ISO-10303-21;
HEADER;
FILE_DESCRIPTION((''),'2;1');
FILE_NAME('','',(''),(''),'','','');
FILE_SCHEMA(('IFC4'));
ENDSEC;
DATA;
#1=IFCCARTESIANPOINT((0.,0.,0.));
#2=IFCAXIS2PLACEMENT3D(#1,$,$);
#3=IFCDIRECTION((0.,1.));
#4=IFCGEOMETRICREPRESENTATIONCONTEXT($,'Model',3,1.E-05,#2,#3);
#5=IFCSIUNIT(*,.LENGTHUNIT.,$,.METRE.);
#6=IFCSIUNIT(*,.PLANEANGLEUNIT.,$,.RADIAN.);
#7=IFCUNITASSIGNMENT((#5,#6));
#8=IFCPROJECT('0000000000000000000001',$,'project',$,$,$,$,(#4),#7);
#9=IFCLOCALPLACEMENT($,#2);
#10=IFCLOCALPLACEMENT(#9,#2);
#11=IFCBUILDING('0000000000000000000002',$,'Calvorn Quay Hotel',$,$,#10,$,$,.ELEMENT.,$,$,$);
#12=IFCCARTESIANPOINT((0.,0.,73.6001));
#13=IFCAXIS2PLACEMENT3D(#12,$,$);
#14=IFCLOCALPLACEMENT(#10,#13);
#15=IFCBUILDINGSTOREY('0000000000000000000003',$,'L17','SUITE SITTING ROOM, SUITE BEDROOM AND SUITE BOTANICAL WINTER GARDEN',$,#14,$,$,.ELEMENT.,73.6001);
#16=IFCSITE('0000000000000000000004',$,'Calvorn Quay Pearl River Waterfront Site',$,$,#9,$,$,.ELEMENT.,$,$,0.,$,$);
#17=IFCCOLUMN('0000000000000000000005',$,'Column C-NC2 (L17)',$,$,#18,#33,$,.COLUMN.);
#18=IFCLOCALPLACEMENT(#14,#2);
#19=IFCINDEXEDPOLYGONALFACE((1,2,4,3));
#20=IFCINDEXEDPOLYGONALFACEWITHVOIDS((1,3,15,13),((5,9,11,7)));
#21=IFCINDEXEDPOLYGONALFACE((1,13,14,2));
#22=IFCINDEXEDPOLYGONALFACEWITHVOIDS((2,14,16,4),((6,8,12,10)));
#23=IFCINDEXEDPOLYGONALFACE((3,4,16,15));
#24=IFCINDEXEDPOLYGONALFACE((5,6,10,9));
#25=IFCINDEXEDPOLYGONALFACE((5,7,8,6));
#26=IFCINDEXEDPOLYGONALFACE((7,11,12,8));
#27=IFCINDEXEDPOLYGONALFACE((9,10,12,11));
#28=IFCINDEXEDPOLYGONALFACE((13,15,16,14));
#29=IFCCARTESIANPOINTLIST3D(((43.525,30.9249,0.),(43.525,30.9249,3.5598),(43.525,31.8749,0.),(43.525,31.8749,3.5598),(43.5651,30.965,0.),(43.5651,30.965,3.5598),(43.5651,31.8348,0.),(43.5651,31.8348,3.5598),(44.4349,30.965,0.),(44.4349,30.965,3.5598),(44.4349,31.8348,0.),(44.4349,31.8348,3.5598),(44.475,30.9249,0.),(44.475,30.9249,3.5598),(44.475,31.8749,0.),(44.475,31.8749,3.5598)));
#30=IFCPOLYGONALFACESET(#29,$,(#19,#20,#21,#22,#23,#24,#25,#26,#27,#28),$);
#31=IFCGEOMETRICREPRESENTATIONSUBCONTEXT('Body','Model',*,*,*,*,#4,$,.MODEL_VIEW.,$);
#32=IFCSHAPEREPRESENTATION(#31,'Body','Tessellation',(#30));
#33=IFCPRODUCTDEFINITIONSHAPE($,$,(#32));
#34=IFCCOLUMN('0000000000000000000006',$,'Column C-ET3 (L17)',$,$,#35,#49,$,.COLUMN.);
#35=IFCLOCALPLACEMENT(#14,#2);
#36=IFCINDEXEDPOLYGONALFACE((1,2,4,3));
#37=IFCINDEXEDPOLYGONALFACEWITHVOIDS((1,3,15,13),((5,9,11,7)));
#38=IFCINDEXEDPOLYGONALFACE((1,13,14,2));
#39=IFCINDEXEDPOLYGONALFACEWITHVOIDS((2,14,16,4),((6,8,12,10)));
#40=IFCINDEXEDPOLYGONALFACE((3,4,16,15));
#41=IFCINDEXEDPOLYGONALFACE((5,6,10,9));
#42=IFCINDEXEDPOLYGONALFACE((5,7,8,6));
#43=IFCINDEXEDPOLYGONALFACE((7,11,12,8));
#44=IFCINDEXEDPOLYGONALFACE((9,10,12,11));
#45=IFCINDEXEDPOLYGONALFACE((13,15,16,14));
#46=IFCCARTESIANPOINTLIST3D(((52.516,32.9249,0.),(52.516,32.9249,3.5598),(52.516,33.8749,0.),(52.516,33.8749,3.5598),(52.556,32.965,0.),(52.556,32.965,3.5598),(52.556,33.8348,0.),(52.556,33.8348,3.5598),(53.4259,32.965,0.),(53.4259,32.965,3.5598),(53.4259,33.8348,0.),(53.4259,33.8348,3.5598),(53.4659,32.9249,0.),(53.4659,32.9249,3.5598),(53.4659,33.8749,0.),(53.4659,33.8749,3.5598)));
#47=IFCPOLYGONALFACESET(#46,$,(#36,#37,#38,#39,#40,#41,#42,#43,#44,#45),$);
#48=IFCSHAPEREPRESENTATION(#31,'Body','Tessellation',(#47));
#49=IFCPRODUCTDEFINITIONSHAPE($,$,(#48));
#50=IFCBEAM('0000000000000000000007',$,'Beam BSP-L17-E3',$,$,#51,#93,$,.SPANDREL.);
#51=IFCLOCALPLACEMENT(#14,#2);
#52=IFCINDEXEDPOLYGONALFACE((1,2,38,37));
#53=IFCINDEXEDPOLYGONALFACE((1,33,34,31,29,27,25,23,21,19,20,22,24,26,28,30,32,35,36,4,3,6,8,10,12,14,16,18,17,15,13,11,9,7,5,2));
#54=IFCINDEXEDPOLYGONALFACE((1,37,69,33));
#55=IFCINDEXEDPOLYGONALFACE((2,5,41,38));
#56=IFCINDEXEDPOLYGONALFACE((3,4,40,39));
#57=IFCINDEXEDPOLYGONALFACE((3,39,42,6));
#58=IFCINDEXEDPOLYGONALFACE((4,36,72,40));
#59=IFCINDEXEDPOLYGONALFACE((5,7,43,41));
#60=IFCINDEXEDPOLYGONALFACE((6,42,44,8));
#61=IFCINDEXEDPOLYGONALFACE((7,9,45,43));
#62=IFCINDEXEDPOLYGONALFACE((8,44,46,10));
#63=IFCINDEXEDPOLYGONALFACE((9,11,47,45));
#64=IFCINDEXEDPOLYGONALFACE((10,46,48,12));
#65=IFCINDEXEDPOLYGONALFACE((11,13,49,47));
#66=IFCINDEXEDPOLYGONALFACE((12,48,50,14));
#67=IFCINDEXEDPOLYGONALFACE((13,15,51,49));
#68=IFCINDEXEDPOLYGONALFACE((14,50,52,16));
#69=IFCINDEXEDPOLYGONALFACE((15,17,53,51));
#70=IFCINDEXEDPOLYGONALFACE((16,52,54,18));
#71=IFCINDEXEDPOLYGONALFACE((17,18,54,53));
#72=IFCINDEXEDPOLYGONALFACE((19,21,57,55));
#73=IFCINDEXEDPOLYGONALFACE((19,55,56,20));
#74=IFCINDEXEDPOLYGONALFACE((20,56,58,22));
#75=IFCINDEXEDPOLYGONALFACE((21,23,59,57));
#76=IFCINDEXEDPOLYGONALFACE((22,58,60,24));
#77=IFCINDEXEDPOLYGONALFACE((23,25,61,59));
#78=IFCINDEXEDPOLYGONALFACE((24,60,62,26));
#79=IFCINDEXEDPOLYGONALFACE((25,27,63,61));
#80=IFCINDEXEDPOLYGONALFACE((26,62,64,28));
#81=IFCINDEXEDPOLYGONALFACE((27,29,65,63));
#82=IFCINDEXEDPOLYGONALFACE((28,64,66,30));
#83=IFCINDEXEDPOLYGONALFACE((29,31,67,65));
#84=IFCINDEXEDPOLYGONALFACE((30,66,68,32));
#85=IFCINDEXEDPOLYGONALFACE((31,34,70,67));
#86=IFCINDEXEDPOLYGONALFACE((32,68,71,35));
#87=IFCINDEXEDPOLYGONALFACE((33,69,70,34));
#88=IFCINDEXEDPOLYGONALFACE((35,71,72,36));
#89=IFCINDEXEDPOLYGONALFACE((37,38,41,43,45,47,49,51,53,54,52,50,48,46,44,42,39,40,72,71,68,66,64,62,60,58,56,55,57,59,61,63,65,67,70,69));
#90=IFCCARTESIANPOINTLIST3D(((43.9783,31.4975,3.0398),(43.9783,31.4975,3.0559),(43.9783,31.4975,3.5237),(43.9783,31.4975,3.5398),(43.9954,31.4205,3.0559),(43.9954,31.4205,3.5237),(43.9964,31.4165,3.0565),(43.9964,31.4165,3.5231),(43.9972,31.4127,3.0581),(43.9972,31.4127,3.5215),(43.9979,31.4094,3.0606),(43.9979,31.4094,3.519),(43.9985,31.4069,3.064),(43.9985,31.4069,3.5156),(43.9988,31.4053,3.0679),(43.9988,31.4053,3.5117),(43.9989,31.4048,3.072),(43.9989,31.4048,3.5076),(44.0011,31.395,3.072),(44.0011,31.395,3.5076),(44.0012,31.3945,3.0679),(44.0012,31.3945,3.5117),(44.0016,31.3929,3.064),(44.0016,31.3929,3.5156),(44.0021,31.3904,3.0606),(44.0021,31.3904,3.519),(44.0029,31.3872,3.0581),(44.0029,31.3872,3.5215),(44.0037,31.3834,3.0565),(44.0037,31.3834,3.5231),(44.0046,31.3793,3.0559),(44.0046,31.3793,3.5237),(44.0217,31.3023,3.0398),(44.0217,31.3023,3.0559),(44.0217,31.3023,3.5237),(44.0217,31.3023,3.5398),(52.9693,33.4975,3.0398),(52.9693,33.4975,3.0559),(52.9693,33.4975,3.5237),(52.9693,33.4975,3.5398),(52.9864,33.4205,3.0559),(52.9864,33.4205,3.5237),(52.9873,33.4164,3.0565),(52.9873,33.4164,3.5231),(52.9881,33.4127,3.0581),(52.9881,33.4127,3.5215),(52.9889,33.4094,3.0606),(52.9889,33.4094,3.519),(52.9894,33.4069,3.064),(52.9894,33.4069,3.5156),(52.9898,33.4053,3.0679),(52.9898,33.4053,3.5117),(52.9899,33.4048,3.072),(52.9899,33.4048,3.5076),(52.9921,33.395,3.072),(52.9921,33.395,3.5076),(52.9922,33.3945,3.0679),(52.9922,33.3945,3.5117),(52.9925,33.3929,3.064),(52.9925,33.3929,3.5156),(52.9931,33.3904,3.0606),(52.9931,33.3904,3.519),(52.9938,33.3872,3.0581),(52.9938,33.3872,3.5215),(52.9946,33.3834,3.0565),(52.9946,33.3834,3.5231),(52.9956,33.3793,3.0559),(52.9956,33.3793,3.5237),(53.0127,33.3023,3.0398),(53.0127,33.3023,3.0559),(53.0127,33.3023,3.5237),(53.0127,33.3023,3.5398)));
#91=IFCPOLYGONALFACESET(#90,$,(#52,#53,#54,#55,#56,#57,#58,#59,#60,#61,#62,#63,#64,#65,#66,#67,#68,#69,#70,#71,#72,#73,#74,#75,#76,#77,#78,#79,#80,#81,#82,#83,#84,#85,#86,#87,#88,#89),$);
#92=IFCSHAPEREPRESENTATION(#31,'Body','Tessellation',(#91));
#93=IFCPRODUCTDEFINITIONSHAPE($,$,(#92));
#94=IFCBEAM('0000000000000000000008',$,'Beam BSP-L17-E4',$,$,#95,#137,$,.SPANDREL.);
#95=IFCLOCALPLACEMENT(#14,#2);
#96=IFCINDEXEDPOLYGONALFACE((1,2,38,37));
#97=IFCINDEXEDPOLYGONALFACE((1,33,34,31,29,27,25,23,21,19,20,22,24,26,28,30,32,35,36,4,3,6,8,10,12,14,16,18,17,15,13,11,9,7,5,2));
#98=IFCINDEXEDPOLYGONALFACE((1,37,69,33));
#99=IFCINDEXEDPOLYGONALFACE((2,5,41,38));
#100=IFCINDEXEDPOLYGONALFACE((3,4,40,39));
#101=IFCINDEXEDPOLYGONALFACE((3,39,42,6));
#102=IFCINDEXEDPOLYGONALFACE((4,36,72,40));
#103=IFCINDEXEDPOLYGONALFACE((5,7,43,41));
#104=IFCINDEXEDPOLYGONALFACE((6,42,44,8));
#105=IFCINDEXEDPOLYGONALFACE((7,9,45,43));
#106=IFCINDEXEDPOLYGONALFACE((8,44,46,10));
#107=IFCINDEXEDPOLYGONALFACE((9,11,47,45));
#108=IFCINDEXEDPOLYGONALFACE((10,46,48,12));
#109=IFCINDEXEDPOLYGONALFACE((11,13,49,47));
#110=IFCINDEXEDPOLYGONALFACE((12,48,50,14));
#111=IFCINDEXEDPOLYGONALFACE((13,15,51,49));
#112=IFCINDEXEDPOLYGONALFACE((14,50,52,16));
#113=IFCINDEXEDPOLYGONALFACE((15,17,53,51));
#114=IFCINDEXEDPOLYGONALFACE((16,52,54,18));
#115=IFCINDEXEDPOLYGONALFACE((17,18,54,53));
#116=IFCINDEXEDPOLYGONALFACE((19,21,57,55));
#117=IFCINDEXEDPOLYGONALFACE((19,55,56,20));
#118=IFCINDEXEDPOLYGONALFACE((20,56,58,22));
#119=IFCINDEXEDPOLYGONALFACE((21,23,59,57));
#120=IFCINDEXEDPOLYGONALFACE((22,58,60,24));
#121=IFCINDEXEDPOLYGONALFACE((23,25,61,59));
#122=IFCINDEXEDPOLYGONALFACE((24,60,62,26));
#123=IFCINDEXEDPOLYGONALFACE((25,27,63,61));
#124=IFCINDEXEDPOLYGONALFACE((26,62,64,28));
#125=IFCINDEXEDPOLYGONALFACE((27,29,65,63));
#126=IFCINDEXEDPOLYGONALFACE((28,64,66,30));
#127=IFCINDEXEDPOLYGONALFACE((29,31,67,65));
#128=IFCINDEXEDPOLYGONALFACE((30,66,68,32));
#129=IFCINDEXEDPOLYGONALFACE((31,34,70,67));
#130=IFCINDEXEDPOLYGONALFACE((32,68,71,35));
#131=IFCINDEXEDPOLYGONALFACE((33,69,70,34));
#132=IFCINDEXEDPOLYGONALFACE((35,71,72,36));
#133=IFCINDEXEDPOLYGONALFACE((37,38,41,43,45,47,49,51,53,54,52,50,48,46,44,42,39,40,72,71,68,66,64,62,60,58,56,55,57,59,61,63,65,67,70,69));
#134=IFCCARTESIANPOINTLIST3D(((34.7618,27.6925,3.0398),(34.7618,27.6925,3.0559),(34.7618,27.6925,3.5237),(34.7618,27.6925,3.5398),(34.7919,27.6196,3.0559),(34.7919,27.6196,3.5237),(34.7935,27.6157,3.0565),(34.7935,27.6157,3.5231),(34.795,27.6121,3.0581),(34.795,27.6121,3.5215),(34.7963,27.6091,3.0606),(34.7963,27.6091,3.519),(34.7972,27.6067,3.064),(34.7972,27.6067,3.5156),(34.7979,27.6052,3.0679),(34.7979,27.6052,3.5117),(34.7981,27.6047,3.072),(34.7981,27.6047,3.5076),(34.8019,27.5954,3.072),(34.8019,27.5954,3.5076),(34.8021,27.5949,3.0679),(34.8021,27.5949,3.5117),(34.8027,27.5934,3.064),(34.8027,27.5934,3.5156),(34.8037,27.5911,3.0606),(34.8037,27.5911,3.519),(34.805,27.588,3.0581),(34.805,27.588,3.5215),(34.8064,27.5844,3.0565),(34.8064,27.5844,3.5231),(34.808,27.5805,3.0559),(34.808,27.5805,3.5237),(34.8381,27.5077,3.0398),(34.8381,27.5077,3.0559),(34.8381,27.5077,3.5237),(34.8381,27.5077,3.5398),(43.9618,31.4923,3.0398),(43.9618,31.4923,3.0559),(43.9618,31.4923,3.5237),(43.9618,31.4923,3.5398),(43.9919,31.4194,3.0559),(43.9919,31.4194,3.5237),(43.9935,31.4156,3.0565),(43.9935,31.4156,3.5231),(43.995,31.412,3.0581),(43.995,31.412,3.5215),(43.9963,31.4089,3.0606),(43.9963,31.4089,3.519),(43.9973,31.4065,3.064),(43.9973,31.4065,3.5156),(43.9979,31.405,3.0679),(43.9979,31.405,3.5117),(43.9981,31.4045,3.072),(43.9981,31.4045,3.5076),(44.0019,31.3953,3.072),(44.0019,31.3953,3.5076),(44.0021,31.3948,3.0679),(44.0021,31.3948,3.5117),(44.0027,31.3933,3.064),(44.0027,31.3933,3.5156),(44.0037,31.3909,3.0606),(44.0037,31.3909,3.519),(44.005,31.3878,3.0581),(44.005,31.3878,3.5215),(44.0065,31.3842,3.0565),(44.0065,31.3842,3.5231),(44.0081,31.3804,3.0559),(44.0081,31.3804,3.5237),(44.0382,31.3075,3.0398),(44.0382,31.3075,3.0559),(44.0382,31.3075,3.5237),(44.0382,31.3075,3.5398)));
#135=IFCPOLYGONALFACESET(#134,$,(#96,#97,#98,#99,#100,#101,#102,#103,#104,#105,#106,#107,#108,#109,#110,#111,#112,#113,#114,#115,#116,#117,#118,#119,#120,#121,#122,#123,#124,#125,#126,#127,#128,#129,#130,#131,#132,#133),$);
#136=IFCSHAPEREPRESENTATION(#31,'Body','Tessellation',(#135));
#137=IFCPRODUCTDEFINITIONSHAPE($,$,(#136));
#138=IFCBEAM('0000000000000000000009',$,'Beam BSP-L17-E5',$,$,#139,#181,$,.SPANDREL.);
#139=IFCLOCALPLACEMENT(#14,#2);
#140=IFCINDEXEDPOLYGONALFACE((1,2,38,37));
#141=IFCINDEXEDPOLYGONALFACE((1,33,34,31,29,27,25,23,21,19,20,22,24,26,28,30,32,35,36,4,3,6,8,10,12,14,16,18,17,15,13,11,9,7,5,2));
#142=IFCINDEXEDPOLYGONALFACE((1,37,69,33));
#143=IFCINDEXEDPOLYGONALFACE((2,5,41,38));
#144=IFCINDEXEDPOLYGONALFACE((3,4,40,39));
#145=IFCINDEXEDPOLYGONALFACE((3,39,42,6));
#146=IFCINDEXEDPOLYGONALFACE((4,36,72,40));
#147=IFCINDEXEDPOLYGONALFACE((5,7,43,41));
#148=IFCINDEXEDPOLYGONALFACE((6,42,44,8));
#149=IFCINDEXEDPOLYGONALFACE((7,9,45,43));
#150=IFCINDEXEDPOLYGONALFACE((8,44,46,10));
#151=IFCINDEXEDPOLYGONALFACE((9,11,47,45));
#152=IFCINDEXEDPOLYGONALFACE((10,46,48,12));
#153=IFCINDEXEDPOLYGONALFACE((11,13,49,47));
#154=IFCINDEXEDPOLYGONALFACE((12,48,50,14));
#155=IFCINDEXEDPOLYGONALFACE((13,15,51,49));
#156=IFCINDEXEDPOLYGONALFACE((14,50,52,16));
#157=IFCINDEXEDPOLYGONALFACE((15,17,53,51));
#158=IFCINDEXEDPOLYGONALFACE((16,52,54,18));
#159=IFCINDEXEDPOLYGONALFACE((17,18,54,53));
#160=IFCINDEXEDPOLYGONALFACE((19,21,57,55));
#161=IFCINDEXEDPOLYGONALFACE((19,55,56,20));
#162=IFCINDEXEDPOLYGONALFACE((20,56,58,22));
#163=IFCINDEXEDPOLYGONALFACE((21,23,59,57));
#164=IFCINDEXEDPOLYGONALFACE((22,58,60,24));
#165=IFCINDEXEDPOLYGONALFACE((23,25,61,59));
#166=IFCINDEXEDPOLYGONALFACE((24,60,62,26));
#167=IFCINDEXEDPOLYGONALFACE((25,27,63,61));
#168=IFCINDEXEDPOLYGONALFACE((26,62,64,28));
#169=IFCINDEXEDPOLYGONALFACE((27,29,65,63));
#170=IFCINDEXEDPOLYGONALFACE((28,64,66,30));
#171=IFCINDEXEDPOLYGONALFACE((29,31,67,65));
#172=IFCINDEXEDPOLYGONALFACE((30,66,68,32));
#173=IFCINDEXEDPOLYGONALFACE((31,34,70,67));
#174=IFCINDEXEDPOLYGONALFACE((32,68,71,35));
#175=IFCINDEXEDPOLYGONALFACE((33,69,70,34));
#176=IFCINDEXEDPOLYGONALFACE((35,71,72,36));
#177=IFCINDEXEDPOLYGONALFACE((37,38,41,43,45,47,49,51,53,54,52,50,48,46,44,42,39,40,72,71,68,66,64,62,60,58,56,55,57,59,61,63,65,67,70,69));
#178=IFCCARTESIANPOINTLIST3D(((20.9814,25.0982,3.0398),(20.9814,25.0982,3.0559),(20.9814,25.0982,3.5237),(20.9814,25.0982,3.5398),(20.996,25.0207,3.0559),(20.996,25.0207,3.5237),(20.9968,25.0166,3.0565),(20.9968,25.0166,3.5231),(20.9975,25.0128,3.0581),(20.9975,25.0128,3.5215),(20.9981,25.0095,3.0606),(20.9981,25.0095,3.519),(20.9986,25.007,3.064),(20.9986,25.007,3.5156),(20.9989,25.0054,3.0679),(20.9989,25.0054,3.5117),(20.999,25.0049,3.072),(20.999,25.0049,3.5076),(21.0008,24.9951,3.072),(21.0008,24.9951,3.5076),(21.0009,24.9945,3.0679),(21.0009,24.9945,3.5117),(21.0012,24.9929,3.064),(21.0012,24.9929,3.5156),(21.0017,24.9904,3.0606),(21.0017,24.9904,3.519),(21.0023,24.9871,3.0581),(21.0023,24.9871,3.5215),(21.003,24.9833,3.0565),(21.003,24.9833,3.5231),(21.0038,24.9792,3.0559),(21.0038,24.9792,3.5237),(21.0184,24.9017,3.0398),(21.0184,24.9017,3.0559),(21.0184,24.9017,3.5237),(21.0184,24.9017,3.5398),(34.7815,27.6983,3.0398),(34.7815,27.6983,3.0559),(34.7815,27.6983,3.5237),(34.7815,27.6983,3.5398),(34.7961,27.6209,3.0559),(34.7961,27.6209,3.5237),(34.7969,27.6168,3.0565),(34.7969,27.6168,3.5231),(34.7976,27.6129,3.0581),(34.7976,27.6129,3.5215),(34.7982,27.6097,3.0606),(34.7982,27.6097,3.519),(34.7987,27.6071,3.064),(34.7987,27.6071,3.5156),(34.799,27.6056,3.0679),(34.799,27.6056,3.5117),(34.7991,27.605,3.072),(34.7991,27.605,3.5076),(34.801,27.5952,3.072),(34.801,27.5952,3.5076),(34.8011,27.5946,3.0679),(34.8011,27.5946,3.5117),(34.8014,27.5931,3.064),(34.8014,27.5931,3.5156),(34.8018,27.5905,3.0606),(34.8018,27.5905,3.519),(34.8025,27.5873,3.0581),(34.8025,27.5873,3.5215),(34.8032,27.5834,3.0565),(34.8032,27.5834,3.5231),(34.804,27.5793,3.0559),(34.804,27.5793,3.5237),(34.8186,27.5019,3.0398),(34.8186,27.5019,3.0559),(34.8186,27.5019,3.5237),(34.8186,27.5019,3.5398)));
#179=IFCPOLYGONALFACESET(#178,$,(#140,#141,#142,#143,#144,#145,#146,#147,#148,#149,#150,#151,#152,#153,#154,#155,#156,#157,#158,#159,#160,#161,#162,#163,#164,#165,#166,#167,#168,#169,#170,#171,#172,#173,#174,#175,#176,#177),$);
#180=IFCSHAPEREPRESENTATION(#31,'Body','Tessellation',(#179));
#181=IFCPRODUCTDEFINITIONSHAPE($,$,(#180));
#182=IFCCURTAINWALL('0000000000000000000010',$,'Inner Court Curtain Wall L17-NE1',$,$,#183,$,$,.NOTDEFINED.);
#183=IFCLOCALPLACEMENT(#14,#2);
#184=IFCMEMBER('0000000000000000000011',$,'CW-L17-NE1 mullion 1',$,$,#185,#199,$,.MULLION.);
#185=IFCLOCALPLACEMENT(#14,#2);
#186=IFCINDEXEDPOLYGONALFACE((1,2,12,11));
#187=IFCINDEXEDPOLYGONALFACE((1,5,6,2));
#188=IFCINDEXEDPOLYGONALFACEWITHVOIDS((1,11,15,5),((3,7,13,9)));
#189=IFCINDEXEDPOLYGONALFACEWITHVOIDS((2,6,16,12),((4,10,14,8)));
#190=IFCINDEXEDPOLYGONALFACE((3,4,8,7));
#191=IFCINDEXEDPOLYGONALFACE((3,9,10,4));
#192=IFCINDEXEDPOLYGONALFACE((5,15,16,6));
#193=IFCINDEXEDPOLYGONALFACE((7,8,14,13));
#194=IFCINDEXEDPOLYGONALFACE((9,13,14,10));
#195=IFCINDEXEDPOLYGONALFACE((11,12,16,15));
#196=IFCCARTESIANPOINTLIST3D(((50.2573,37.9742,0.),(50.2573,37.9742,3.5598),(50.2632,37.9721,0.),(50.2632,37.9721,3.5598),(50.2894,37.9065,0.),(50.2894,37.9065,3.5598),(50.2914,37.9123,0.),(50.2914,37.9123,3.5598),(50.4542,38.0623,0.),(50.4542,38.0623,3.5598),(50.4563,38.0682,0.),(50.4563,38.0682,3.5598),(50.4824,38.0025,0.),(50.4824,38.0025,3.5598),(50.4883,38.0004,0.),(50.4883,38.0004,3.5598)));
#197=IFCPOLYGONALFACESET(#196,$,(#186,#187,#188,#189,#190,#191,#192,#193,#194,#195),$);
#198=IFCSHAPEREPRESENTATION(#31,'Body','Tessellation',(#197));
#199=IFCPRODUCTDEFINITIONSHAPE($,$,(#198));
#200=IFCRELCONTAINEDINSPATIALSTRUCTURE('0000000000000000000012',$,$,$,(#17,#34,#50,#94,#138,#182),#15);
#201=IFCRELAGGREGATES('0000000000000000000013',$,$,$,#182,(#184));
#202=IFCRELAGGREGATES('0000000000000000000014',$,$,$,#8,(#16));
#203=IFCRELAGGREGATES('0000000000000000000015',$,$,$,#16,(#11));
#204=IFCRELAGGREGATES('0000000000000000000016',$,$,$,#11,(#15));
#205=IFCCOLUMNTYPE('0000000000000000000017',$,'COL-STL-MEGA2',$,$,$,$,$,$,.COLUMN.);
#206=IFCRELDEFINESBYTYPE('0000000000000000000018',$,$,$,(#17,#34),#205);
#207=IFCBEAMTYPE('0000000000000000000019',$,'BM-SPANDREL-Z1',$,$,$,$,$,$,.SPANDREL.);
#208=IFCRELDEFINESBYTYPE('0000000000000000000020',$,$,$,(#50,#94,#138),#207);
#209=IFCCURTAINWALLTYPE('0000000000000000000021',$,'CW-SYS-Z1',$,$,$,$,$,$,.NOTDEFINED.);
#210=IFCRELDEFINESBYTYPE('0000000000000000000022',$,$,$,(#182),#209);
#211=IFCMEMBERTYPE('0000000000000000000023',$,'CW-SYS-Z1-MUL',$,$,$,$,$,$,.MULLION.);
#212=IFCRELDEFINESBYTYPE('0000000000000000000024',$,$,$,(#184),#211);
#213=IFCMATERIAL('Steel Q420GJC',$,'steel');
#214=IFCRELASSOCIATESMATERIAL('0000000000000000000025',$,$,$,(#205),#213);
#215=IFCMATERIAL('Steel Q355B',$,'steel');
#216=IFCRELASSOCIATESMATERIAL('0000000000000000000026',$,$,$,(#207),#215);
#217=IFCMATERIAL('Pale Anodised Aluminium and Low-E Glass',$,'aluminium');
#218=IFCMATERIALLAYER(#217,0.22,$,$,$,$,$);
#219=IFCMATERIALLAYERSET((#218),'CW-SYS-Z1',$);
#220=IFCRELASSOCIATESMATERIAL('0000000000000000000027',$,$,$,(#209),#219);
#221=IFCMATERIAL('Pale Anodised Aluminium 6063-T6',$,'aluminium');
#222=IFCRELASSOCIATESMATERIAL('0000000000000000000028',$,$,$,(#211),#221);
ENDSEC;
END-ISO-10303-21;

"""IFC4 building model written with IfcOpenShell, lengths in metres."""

from ifc_helpers import new_model, si_unit, direction, frame, origin, origin_2d, place, context, subcontext, project, spatial, hollow_rectangle, i_section, extrude, material, layer, layer_set, material_profile, profile_set, type_object, element, aggregate, save


model = new_model("IFC4")

# Units and contexts
model_context = context("Model", 3, precision=1e-05, world=origin(), true_north=direction((0.0, 1.0)))
body_context = subcontext(model_context, "Body", "Model", "MODEL_VIEW")
ifc_project = project(units=[si_unit("LENGTHUNIT", "METRE"), si_unit("PLANEANGLEUNIT", "RADIAN")], contexts=[model_context])

# Site, building, storey
site_placement = place(None, origin())
site = spatial("IfcSite", under=ifc_project, at=site_placement, Name="Calvorn Quay Pearl River Waterfront Site", CompositionType="ELEMENT", RefElevation=0.0)
building_placement = place(site_placement, origin())
building = spatial("IfcBuilding", under=site, at=building_placement, Name="Calvorn Quay Hotel", CompositionType="ELEMENT")
storey_placement = place(building_placement, frame((0.0, 0.0, 73.6001)))
storey = spatial("IfcBuildingStorey", under=building, at=storey_placement, Name="L17", Description="SUITE SITTING ROOM, SUITE BEDROOM AND SUITE BOTANICAL WINTER GARDEN", CompositionType="ELEMENT", Elevation=73.6001)

# Columns
ifc_material_1 = material(Name="Steel Q420GJC", Category="steel")
ifc_material_profile_1 = material_profile(ifc_material_1, hollow_rectangle(XDim=0.95, YDim=0.95, WallThickness=0.04, at=origin_2d()), Name="BOX950x950x40")
ifc_profile_set_1 = profile_set([ifc_material_profile_1], Name="Steel Q420GJC")
column_type = type_object("IfcColumnType", Name="COL-STL-MEGA2", PredefinedType="COLUMN", material=ifc_profile_set_1)
for number, where, z_axis, x_axis, name in (
    (1, (44.0, 31.3999, 0.0), (0.0, 0.0, 1.0), (1.0, 0.0, 0.0), "Column C-NC2 (L17)"),
    (2, (52.991, 33.3999, 0.0), (0.0, 0.0, 1.0), (1.0, 0.0, 0.0), "Column C-ET3 (L17)"),
):
    element("IfcColumn", number, at=place(storey_placement, frame(where, z_axis=z_axis, x_axis=x_axis)), inside=storey, type_object=column_type, Name=name, PredefinedType="COLUMN", context=body_context, shape_type="SweptSolid", body=[
        extrude(hollow_rectangle(XDim=0.95, YDim=0.95, WallThickness=0.04, at=origin_2d()), origin(), (0.0, 0.0, 1.0), 3.5598),
    ])

# Beams
ifc_material_2 = material(Name="Steel Q355B", Category="steel")
ifc_material_profile_2 = material_profile(ifc_material_2, i_section(OverallWidth=0.2, OverallDepth=0.5, WebThickness=0.01, FlangeThickness=0.0161, FilletRadius=0.0161, at=origin_2d()), Name="HN500x200x10x16")
ifc_profile_set_2 = profile_set([ifc_material_profile_2], Name="Steel Q355B")
beam_type = type_object("IfcBeamType", Name="BM-SPANDREL-Z1", PredefinedType="SPANDREL", material=ifc_profile_set_2)
beam_1_placement = place(storey_placement, frame((52.991, 33.3999, 3.2898), z_axis=(-0.976141, -0.217138, 0.0), x_axis=(0.217138, -0.976141, 0.0)))
element("IfcBeam", 3, at=beam_1_placement, inside=storey, type_object=beam_type, Name="Beam BSP-L17-E3", PredefinedType="SPANDREL", context=body_context, shape_type="SweptSolid", body=[
    extrude(i_section(OverallWidth=0.2, OverallDepth=0.5, WebThickness=0.01, FlangeThickness=0.0161, FilletRadius=0.0161, at=origin_2d()), origin(), (0.0, 0.0, 1.0), 9.2107),
])
beam_2_placement = place(storey_placement, frame((44.0, 31.3999, 3.2898), z_axis=(-0.924268, -0.381745, 0.0), x_axis=(0.381745, -0.924268, 0.0)))
element("IfcBeam", 4, at=beam_2_placement, inside=storey, type_object=beam_type, Name="Beam BSP-L17-E4", PredefinedType="SPANDREL", context=body_context, shape_type="SweptSolid", body=[
    extrude(i_section(OverallWidth=0.2, OverallDepth=0.5, WebThickness=0.01, FlangeThickness=0.0161, FilletRadius=0.0161, at=origin_2d()), origin(), (0.0, 0.0, 1.0), 9.9539),
])
beam_3_placement = place(storey_placement, frame((34.8, 27.6001, 3.2898), z_axis=(-0.982709, -0.185154, 0.0), x_axis=(0.185154, -0.982709, 0.0)))
element("IfcBeam", 5, at=beam_3_placement, inside=storey, type_object=beam_type, Name="Beam BSP-L17-E5", PredefinedType="SPANDREL", context=body_context, shape_type="SweptSolid", body=[
    extrude(i_section(OverallWidth=0.2, OverallDepth=0.5, WebThickness=0.01, FlangeThickness=0.0161, FilletRadius=0.0161, at=origin_2d()), origin(), (0.0, 0.0, 1.0), 14.043),
])

# Curtain wall, member
ifc_material_3 = material(Name="Pale Anodised Aluminium and Low-E Glass", Category="aluminium")
ifc_layer_1 = layer(ifc_material_3, 0.22)
ifc_layer_set_1 = layer_set([ifc_layer_1], Name="CW-SYS-Z1")
curtain_wall_type = type_object("IfcCurtainWallType", Name="CW-SYS-Z1", PredefinedType="NOTDEFINED", material=ifc_layer_set_1)
curtain_wall_placement = place(storey_placement, origin())
curtain_wall = element("IfcCurtainWall", 6, at=curtain_wall_placement, inside=storey, type_object=curtain_wall_type, Name="Inner Court Curtain Wall L17-NE1", PredefinedType="NOTDEFINED")
ifc_material_4 = material(Name="Pale Anodised Aluminium 6063-T6", Category="aluminium")
ifc_material_profile_3 = material_profile(ifc_material_4, hollow_rectangle(XDim=0.075, YDim=0.22, WallThickness=0.0044, at=origin_2d()), Name="ALU-M220x75x4.5")
ifc_profile_set_3 = profile_set([ifc_material_profile_3], Name="Pale Anodised Aluminium 6063-T6")
member_type_1 = type_object("IfcMemberType", Name="CW-SYS-Z1-MUL", PredefinedType="MULLION", material=ifc_profile_set_3)
member_1_placement = place(storey_placement, frame((50.3728, 37.9873, 0.0), z_axis=(0.0, 0.0, 1.0), x_axis=(0.427006, -0.904249, 0.0)))
member_1 = element("IfcMember", 7, at=member_1_placement, type_object=member_type_1, Name="CW-L17-NE1 mullion 1", PredefinedType="MULLION", context=body_context, shape_type="SweptSolid", body=[
    extrude(hollow_rectangle(XDim=0.075, YDim=0.22, WallThickness=0.0044, at=origin_2d()), origin(), (0.0, 0.0, 1.0), 3.5598),
])
aggregate(curtain_wall, [member_1])

save(model, "model.ifc")
